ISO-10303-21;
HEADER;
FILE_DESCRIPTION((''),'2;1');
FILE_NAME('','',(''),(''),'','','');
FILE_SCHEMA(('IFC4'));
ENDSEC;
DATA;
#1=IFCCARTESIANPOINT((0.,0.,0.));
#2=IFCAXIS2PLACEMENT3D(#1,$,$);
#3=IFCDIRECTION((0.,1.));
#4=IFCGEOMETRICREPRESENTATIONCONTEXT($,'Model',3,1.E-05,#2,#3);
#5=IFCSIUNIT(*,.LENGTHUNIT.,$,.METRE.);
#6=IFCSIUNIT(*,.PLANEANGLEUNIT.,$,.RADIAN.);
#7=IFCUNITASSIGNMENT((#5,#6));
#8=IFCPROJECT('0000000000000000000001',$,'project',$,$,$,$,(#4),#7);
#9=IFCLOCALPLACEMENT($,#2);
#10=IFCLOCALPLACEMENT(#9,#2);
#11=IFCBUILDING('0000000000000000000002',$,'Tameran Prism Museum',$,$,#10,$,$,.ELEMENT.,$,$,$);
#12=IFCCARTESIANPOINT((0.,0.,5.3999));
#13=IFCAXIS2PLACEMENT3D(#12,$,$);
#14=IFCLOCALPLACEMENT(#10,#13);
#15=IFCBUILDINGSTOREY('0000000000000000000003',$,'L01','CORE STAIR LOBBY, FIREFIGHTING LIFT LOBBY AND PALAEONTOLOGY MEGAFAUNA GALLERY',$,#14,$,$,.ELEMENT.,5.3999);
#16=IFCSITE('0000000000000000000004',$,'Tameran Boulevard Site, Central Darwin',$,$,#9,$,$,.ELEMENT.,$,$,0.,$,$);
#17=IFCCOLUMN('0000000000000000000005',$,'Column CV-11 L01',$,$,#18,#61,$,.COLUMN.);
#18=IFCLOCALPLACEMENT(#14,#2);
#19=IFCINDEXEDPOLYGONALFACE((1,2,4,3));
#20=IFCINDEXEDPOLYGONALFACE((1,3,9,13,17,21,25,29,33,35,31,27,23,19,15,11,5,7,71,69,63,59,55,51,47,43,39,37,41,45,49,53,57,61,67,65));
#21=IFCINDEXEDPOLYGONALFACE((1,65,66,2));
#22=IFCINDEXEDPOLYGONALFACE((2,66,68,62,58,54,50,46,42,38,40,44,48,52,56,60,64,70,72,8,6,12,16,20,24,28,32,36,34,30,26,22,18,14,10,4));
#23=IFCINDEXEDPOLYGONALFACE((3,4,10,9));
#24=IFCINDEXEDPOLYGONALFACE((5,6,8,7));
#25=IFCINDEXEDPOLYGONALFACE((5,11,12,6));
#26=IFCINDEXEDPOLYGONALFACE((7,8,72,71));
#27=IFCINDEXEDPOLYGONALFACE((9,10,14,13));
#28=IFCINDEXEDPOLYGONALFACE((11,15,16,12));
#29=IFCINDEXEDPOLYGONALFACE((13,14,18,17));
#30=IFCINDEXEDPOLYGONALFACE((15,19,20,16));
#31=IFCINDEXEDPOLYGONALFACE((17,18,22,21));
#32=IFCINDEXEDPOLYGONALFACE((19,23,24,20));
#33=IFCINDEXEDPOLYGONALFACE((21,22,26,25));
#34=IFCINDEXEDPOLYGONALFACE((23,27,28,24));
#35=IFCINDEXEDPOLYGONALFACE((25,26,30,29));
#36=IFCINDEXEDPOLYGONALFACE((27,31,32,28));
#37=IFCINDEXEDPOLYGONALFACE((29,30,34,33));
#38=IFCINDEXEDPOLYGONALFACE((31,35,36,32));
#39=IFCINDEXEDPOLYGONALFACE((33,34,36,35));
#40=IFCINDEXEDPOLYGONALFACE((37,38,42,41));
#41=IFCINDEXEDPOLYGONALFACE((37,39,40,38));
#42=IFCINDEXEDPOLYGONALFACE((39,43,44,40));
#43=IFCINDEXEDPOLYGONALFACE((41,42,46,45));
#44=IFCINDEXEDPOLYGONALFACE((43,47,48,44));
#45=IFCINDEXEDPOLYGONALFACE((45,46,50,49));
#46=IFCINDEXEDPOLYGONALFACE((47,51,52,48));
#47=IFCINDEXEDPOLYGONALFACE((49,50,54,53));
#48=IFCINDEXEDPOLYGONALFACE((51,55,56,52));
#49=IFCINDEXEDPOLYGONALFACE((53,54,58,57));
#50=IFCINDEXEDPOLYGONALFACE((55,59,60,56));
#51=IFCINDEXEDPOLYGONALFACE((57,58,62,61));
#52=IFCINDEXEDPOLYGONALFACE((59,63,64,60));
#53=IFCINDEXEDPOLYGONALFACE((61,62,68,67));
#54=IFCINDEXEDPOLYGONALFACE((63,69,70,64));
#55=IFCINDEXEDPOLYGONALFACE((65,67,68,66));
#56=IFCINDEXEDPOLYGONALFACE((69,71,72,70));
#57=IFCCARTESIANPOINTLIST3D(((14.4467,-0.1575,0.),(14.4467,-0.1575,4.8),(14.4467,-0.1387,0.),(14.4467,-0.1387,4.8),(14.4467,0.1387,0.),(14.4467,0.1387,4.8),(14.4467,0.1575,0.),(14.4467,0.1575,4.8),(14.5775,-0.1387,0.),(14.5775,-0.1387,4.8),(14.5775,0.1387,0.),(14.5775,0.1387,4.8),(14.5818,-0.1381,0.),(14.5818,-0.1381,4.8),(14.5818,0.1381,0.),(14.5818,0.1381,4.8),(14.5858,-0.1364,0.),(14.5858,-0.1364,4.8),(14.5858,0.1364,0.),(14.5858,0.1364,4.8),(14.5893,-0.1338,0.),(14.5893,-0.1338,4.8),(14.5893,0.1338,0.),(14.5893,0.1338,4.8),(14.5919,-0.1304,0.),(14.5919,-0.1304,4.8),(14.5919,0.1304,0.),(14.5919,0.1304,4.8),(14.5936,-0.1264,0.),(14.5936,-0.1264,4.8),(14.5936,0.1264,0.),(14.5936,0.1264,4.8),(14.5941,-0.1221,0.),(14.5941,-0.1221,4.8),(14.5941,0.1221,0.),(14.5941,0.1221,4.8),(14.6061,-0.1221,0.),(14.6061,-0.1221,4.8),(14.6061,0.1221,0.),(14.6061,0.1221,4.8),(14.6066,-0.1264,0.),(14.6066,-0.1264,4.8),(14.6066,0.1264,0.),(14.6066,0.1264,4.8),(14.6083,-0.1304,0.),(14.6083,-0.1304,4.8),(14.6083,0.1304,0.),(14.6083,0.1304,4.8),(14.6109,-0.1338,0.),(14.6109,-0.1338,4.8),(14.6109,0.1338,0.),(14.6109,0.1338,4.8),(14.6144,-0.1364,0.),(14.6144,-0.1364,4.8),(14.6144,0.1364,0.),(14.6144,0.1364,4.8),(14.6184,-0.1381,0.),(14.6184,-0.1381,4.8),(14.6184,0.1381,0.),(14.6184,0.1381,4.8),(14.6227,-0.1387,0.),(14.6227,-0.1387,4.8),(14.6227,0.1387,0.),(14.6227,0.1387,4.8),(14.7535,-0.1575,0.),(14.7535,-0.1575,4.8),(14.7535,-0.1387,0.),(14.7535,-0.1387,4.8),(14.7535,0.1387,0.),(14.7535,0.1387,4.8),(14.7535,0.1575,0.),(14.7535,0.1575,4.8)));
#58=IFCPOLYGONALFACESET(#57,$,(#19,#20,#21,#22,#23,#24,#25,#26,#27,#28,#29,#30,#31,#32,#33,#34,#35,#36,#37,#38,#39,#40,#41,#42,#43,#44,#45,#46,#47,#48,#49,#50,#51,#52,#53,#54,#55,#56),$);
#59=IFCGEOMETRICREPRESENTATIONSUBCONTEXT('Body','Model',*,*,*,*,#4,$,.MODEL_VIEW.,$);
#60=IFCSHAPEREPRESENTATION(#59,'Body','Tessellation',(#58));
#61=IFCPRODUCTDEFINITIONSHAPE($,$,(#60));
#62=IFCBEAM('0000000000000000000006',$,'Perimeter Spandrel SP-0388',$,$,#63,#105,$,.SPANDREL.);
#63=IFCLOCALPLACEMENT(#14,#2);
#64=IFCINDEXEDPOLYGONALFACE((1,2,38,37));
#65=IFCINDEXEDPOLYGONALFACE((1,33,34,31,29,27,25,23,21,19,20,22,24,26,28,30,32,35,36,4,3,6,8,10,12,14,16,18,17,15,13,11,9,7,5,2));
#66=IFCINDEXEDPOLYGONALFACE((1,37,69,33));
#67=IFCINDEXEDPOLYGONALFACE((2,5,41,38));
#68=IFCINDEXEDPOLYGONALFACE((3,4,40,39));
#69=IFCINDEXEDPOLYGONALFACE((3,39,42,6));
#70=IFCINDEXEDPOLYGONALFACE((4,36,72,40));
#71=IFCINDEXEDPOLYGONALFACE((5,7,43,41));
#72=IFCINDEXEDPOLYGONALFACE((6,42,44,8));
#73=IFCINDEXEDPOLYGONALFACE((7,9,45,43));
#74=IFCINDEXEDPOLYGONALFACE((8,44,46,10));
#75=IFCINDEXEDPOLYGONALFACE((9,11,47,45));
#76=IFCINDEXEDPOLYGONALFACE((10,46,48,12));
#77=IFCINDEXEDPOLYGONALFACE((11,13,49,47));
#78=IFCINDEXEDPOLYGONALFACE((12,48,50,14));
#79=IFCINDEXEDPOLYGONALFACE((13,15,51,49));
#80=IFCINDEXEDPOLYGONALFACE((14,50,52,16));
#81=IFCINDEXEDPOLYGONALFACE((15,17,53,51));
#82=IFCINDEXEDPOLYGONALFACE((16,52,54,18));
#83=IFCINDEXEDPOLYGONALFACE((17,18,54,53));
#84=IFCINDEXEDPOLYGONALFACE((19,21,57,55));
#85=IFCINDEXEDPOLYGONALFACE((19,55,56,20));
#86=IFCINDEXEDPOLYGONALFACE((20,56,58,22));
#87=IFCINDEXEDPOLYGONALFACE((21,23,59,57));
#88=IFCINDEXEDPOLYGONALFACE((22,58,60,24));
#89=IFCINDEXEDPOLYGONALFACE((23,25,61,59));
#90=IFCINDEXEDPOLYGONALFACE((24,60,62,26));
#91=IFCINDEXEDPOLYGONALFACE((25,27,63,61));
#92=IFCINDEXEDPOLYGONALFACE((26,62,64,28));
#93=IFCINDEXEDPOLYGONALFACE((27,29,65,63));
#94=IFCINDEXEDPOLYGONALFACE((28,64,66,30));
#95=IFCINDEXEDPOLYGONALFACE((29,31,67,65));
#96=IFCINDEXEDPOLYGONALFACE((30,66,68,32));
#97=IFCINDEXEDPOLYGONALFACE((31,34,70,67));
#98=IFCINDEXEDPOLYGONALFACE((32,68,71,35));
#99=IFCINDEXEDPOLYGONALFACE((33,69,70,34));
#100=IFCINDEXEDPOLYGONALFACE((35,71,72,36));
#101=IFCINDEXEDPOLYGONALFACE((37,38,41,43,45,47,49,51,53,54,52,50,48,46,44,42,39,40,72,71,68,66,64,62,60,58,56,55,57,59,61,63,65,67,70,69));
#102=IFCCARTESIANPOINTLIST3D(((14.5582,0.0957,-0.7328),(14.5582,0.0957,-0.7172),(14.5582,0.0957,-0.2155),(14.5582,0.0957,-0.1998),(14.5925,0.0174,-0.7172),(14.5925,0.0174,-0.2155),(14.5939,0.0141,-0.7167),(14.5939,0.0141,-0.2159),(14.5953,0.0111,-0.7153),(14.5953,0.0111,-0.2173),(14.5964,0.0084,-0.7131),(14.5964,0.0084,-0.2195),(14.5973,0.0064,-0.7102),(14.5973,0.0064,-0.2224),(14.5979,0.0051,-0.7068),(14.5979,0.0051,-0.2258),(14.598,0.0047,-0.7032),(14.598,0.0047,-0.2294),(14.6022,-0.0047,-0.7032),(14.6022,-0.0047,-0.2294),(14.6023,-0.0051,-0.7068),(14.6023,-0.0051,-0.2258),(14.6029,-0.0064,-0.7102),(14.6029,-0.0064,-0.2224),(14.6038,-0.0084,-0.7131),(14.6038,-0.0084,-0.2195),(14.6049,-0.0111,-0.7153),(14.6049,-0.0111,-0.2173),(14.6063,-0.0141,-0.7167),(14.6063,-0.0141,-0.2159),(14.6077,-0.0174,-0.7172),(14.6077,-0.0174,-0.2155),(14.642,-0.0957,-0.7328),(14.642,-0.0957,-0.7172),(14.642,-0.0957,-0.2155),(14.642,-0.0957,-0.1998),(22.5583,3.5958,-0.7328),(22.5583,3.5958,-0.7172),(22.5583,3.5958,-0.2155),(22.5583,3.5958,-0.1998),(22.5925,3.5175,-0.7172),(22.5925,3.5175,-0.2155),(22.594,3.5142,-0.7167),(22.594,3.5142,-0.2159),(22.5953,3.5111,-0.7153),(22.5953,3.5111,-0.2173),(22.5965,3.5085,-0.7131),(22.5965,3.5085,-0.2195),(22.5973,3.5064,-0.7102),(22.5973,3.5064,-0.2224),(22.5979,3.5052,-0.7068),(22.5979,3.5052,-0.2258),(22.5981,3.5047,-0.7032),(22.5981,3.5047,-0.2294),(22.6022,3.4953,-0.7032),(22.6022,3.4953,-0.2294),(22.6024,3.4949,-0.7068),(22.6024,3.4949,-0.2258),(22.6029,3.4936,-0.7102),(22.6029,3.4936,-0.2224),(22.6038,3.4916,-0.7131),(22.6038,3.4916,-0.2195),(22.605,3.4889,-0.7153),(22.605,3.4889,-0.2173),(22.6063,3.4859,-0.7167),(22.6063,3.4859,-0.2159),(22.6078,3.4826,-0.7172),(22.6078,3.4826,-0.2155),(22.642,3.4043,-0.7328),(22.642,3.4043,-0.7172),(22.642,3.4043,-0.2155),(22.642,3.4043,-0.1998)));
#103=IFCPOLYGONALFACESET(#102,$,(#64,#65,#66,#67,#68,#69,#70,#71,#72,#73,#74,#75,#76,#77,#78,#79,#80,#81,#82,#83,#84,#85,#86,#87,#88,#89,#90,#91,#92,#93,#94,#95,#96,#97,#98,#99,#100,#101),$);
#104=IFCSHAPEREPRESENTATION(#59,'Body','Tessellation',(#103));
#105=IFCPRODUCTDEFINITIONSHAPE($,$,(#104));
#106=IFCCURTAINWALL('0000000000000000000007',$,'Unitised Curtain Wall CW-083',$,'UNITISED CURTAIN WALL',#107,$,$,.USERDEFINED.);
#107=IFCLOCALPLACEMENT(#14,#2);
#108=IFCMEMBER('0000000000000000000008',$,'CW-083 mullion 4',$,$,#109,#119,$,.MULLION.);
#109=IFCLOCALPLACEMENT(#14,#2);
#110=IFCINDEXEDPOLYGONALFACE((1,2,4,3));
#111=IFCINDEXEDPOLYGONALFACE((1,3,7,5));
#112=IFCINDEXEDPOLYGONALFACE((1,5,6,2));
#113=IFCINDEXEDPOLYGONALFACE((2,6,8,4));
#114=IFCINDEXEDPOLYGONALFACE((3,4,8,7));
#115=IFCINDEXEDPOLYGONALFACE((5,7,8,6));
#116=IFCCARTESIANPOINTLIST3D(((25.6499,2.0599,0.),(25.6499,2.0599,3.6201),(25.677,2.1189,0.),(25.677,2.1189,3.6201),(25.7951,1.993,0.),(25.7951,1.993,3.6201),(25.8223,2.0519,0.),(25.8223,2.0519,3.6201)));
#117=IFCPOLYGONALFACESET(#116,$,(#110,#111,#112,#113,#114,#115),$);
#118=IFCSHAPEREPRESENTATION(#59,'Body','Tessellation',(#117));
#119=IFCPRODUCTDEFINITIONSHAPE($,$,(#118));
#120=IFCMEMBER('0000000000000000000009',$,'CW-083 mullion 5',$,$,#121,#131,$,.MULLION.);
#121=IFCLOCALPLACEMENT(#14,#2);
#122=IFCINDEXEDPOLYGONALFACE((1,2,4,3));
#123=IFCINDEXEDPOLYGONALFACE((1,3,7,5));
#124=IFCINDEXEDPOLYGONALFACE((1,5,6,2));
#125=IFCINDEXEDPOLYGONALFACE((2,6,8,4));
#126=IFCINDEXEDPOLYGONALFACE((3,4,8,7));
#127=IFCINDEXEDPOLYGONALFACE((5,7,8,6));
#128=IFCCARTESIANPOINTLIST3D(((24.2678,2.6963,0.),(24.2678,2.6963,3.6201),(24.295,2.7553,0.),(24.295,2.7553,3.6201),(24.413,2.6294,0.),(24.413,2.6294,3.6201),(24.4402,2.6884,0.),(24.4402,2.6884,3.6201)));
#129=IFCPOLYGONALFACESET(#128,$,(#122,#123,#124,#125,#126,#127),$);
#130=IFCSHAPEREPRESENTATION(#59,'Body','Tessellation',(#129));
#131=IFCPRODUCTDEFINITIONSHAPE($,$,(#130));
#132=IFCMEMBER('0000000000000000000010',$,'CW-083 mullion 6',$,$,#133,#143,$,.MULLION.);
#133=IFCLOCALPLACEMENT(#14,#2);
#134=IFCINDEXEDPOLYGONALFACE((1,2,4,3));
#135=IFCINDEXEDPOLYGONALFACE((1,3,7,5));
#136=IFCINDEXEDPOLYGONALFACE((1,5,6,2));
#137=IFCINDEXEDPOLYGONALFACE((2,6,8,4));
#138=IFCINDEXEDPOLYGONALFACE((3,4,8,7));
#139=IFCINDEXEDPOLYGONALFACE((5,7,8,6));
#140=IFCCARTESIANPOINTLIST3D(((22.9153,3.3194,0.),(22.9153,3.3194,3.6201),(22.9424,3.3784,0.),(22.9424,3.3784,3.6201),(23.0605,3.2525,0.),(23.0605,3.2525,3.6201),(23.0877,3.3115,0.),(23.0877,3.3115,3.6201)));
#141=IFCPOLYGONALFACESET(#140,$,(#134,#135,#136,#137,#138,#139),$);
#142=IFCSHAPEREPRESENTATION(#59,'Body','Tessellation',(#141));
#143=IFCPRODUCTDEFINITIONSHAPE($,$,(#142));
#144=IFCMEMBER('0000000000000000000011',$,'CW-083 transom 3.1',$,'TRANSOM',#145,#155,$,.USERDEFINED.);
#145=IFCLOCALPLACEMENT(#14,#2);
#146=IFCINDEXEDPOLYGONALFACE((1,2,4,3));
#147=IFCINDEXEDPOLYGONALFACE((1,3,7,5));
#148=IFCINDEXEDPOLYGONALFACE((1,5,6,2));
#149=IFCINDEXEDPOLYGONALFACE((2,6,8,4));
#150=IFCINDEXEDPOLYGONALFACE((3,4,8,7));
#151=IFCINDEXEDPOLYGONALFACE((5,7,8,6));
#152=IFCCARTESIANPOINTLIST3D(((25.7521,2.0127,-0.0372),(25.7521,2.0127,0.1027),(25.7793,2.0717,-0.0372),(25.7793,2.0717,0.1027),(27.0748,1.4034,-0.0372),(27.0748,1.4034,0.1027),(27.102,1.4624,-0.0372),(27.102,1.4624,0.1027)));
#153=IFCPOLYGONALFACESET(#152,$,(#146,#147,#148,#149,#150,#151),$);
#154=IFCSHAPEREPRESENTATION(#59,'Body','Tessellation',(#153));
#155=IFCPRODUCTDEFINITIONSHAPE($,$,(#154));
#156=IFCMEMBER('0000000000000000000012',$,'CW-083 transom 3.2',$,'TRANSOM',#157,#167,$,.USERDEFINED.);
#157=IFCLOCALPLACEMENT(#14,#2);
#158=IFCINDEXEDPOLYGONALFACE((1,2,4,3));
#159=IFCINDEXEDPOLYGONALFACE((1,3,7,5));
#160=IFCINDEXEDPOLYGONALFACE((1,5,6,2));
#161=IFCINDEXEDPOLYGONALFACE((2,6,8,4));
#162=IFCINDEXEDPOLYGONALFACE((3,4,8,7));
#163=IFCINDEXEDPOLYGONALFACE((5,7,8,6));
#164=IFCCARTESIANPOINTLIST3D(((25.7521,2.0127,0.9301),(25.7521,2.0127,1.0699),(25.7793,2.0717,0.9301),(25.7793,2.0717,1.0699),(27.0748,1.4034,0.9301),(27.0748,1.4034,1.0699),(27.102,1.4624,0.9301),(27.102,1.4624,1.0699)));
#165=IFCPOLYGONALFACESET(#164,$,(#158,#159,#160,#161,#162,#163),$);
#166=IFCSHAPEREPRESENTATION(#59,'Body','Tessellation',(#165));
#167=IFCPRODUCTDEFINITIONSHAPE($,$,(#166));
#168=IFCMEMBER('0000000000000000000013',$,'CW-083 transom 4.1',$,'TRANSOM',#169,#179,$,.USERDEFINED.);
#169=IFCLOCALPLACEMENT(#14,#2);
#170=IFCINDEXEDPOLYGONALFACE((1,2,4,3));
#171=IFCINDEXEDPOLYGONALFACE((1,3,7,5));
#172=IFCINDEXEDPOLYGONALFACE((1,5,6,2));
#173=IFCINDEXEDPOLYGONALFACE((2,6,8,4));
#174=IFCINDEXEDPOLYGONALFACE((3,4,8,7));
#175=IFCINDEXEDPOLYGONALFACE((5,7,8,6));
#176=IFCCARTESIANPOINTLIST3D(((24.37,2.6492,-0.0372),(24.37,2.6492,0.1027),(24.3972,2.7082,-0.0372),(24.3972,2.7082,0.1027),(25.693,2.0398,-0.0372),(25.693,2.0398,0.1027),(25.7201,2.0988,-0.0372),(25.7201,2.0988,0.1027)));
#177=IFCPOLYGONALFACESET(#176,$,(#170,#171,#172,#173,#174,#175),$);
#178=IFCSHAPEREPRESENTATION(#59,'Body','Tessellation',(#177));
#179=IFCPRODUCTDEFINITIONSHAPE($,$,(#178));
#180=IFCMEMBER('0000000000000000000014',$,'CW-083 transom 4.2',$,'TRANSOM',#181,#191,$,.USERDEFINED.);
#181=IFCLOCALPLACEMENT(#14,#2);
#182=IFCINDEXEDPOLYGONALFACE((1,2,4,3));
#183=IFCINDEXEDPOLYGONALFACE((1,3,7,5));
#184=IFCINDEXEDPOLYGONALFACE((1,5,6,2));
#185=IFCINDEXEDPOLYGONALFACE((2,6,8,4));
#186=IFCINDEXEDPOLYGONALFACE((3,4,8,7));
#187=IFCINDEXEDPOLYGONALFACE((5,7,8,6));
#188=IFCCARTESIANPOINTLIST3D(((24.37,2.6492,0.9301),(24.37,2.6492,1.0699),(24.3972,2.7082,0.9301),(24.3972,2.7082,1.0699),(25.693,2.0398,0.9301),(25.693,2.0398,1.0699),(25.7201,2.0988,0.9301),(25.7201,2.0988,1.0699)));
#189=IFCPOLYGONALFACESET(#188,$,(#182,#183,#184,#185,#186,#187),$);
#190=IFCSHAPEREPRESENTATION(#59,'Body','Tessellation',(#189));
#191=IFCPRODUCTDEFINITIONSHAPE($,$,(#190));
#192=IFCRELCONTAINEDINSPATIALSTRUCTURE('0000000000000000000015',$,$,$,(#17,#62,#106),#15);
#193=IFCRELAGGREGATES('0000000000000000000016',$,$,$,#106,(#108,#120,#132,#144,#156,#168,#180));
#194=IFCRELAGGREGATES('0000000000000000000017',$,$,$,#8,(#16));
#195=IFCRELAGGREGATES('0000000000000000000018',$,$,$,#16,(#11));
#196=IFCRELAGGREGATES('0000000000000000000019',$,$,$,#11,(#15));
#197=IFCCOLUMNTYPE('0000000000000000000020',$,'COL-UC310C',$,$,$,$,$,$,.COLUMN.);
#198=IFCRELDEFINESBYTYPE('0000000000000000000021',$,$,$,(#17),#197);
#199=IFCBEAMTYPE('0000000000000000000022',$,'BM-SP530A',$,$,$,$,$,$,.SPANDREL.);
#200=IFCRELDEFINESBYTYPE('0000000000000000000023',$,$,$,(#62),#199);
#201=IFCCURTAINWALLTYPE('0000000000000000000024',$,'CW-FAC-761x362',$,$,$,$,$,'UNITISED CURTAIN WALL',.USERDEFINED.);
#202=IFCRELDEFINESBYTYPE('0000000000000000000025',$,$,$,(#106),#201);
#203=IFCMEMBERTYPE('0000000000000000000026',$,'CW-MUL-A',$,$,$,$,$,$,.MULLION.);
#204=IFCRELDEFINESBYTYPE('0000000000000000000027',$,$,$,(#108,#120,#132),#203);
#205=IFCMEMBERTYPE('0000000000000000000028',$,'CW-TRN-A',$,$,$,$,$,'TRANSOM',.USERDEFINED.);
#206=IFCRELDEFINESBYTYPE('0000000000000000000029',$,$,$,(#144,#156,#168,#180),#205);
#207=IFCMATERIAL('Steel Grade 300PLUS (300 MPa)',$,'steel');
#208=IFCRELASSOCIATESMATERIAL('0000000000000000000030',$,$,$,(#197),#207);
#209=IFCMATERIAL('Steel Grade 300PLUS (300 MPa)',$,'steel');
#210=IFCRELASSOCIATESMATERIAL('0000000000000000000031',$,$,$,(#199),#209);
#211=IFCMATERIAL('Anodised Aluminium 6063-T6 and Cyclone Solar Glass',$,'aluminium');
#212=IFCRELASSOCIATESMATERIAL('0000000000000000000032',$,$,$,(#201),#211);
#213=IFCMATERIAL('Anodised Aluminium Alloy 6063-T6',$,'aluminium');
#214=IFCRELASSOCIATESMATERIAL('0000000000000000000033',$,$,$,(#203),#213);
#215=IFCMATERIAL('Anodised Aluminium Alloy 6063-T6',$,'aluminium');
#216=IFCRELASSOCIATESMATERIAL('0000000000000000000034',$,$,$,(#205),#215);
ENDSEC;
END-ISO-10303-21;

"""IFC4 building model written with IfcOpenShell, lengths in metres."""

from ifc_helpers import new_model, si_unit, direction, frame, origin, origin_2d, place, context, subcontext, project, spatial, rectangle, i_section, extrude, material, material_profile, profile_set, type_object, element, aggregate, save


model = new_model("IFC4")

# Units and contexts
model_context = context("Model", 3, precision=1e-05, world=origin(), true_north=direction((0.0, 1.0)))
body_context = subcontext(model_context, "Body", "Model", "MODEL_VIEW")
ifc_project = project(units=[si_unit("LENGTHUNIT", "METRE"), si_unit("PLANEANGLEUNIT", "RADIAN")], contexts=[model_context])

# Site, building, storey
site_placement = place(None, origin())
site = spatial("IfcSite", under=ifc_project, at=site_placement, Name="Tameran Boulevard Site, Central Darwin", CompositionType="ELEMENT", RefElevation=0.0)
building_placement = place(site_placement, origin())
building = spatial("IfcBuilding", under=site, at=building_placement, Name="Tameran Prism Museum", CompositionType="ELEMENT")
storey_placement = place(building_placement, frame((0.0, 0.0, 5.3999)))
storey = spatial("IfcBuildingStorey", under=building, at=storey_placement, Name="L01", Description="CORE STAIR LOBBY, FIREFIGHTING LIFT LOBBY AND PALAEONTOLOGY MEGAFAUNA GALLERY", CompositionType="ELEMENT", Elevation=5.3999)

# Column
ifc_material_1 = material(Name="Steel Grade 300PLUS (300 MPa)", Category="steel")
ifc_material_profile_1 = material_profile(ifc_material_1, i_section(OverallWidth=0.3069, OverallDepth=0.3149, WebThickness=0.012, FlangeThickness=0.0188, FilletRadius=0.0166, at=origin_2d()))
ifc_profile_set_1 = profile_set([ifc_material_profile_1])
column_type = type_object("IfcColumnType", Name="COL-UC310C", PredefinedType="COLUMN", material=ifc_profile_set_1)
column_placement = place(storey_placement, frame((14.6001, 0.0, 0.0), z_axis=(0.0, 0.0, 1.0), x_axis=(1.0, 0.0, 0.0)))
element("IfcColumn", 1, at=column_placement, inside=storey, type_object=column_type, Name="Column CV-11 L01", PredefinedType="COLUMN", context=body_context, shape_type="SweptSolid", body=[
    extrude(i_section(OverallWidth=0.3069, OverallDepth=0.3149, WebThickness=0.012, FlangeThickness=0.0188, FilletRadius=0.0166, at=origin_2d()), origin(), (0.0, 0.0, 1.0), 4.8),
])

# Beam
ifc_material_2 = material(Name="Steel Grade 300PLUS (300 MPa)", Category="steel")
ifc_material_profile_2 = material_profile(ifc_material_2, i_section(OverallWidth=0.209, OverallDepth=0.533, WebThickness=0.0103, FlangeThickness=0.0156, FilletRadius=0.0139, at=origin_2d()))
ifc_profile_set_2 = profile_set([ifc_material_profile_2])
beam_type = type_object("IfcBeamType", Name="BM-SP530A", PredefinedType="SPANDREL", material=ifc_profile_set_2)
beam_placement = place(storey_placement, frame((14.6001, 0.0, -0.4663), z_axis=(0.916157, 0.400819, 0.0), x_axis=(-0.400819, 0.916157, 0.0)))
element("IfcBeam", 2, at=beam_placement, inside=storey, type_object=beam_type, Name="Perimeter Spandrel SP-0388", PredefinedType="SPANDREL", context=body_context, shape_type="SweptSolid", body=[
    extrude(i_section(OverallWidth=0.209, OverallDepth=0.533, WebThickness=0.0103, FlangeThickness=0.0156, FilletRadius=0.0139, at=origin_2d()), origin(), (0.0, 0.0, 1.0), 8.7322),
])

# Curtain wall, members
ifc_material_3 = material(Name="Anodised Aluminium 6063-T6 and Cyclone Solar Glass", Category="aluminium")
curtain_wall_type = type_object("IfcCurtainWallType", Name="CW-FAC-761x362", ElementType="UNITISED CURTAIN WALL", PredefinedType="USERDEFINED", material=ifc_material_3)
curtain_wall_placement = place(storey_placement, origin())
curtain_wall = element("IfcCurtainWall", 3, at=curtain_wall_placement, inside=storey, type_object=curtain_wall_type, Name="Unitised Curtain Wall CW-083", ObjectType="UNITISED CURTAIN WALL", PredefinedType="USERDEFINED")
ifc_material_4 = material(Name="Anodised Aluminium Alloy 6063-T6", Category="aluminium")
ifc_material_profile_3 = material_profile(ifc_material_4, rectangle(XDim=0.0649, YDim=0.1599, at=origin_2d()))
ifc_profile_set_3 = profile_set([ifc_material_profile_3])
member_type_1 = type_object("IfcMemberType", Name="CW-MUL-A", PredefinedType="MULLION", material=ifc_profile_set_3)
member_1_placement = place(storey_placement, frame((25.7361, 2.0559, 0.0), z_axis=(0.0, 0.0, 1.0), x_axis=(-0.418383, -0.908271, 0.0)))
member_1 = element("IfcMember", 4, at=member_1_placement, type_object=member_type_1, Name="CW-083 mullion 4", PredefinedType="MULLION", context=body_context, shape_type="SweptSolid", body=[
    extrude(rectangle(XDim=0.0649, YDim=0.1599, at=origin_2d()), origin(), (0.0, 0.0, 1.0), 3.6201),
])
member_2_placement = place(storey_placement, frame((24.354, 2.6924, 0.0), z_axis=(0.0, 0.0, 1.0), x_axis=(-0.418383, -0.908271, 0.0)))
member_2 = element("IfcMember", 5, at=member_2_placement, type_object=member_type_1, Name="CW-083 mullion 5", PredefinedType="MULLION", context=body_context, shape_type="SweptSolid", body=[
    extrude(rectangle(XDim=0.0649, YDim=0.1599, at=origin_2d()), origin(), (0.0, 0.0, 1.0), 3.6201),
])
member_3_placement = place(storey_placement, frame((23.0015, 3.3154, 0.0), z_axis=(0.0, 0.0, 1.0), x_axis=(-0.418383, -0.908271, 0.0)))
member_3 = element("IfcMember", 6, at=member_3_placement, type_object=member_type_1, Name="CW-083 mullion 6", PredefinedType="MULLION", context=body_context, shape_type="SweptSolid", body=[
    extrude(rectangle(XDim=0.0649, YDim=0.1599, at=origin_2d()), origin(), (0.0, 0.0, 1.0), 3.6201),
])
ifc_material_5 = material(Name="Anodised Aluminium Alloy 6063-T6", Category="aluminium")
ifc_material_profile_4 = material_profile(ifc_material_5, rectangle(XDim=0.0649, YDim=0.1399, at=origin_2d()))
ifc_profile_set_4 = profile_set([ifc_material_profile_4])
member_type_2 = type_object("IfcMemberType", Name="CW-TRN-A", ElementType="TRANSOM", PredefinedType="USERDEFINED", material=ifc_profile_set_4)
member_4_placement = place(storey_placement, frame((27.0884, 1.4329, 0.0327), z_axis=(-0.908254, 0.41842, 0.0), x_axis=(-0.41842, -0.908254, 0.0)))
member_4 = element("IfcMember", 7, at=member_4_placement, type_object=member_type_2, Name="CW-083 transom 3.1", ObjectType="TRANSOM", PredefinedType="USERDEFINED", context=body_context, shape_type="SweptSolid", body=[
    extrude(rectangle(XDim=0.0649, YDim=0.1399, at=origin_2d()), origin(), (0.0, 0.0, 1.0), 1.4563),
])
member_5_placement = place(storey_placement, frame((27.0884, 1.4329, 1.0), z_axis=(-0.908254, 0.41842, 0.0), x_axis=(-0.41842, -0.908254, 0.0)))
member_5 = element("IfcMember", 8, at=member_5_placement, type_object=member_type_2, Name="CW-083 transom 3.2", ObjectType="TRANSOM", PredefinedType="USERDEFINED", context=body_context, shape_type="SweptSolid", body=[
    extrude(rectangle(XDim=0.0649, YDim=0.1399, at=origin_2d()), origin(), (0.0, 0.0, 1.0), 1.4563),
])
member_6_placement = place(storey_placement, frame((25.7065, 2.0693, 0.0327), z_axis=(-0.908283, 0.418357, 0.0), x_axis=(-0.418357, -0.908283, 0.0)))
member_6 = element("IfcMember", 9, at=member_6_placement, type_object=member_type_2, Name="CW-083 transom 4.1", ObjectType="TRANSOM", PredefinedType="USERDEFINED", context=body_context, shape_type="SweptSolid", body=[
    extrude(rectangle(XDim=0.0649, YDim=0.1399, at=origin_2d()), origin(), (0.0, 0.0, 1.0), 1.4565),
])
member_7_placement = place(storey_placement, frame((25.7065, 2.0693, 1.0), z_axis=(-0.908283, 0.418357, 0.0), x_axis=(-0.418357, -0.908283, 0.0)))
member_7 = element("IfcMember", 10, at=member_7_placement, type_object=member_type_2, Name="CW-083 transom 4.2", ObjectType="TRANSOM", PredefinedType="USERDEFINED", context=body_context, shape_type="SweptSolid", body=[
    extrude(rectangle(XDim=0.0649, YDim=0.1399, at=origin_2d()), origin(), (0.0, 0.0, 1.0), 1.4565),
])

aggregate(curtain_wall, [member_1, member_2, member_3, member_4, member_5, member_6, member_7])

save(model, "model.ifc")
